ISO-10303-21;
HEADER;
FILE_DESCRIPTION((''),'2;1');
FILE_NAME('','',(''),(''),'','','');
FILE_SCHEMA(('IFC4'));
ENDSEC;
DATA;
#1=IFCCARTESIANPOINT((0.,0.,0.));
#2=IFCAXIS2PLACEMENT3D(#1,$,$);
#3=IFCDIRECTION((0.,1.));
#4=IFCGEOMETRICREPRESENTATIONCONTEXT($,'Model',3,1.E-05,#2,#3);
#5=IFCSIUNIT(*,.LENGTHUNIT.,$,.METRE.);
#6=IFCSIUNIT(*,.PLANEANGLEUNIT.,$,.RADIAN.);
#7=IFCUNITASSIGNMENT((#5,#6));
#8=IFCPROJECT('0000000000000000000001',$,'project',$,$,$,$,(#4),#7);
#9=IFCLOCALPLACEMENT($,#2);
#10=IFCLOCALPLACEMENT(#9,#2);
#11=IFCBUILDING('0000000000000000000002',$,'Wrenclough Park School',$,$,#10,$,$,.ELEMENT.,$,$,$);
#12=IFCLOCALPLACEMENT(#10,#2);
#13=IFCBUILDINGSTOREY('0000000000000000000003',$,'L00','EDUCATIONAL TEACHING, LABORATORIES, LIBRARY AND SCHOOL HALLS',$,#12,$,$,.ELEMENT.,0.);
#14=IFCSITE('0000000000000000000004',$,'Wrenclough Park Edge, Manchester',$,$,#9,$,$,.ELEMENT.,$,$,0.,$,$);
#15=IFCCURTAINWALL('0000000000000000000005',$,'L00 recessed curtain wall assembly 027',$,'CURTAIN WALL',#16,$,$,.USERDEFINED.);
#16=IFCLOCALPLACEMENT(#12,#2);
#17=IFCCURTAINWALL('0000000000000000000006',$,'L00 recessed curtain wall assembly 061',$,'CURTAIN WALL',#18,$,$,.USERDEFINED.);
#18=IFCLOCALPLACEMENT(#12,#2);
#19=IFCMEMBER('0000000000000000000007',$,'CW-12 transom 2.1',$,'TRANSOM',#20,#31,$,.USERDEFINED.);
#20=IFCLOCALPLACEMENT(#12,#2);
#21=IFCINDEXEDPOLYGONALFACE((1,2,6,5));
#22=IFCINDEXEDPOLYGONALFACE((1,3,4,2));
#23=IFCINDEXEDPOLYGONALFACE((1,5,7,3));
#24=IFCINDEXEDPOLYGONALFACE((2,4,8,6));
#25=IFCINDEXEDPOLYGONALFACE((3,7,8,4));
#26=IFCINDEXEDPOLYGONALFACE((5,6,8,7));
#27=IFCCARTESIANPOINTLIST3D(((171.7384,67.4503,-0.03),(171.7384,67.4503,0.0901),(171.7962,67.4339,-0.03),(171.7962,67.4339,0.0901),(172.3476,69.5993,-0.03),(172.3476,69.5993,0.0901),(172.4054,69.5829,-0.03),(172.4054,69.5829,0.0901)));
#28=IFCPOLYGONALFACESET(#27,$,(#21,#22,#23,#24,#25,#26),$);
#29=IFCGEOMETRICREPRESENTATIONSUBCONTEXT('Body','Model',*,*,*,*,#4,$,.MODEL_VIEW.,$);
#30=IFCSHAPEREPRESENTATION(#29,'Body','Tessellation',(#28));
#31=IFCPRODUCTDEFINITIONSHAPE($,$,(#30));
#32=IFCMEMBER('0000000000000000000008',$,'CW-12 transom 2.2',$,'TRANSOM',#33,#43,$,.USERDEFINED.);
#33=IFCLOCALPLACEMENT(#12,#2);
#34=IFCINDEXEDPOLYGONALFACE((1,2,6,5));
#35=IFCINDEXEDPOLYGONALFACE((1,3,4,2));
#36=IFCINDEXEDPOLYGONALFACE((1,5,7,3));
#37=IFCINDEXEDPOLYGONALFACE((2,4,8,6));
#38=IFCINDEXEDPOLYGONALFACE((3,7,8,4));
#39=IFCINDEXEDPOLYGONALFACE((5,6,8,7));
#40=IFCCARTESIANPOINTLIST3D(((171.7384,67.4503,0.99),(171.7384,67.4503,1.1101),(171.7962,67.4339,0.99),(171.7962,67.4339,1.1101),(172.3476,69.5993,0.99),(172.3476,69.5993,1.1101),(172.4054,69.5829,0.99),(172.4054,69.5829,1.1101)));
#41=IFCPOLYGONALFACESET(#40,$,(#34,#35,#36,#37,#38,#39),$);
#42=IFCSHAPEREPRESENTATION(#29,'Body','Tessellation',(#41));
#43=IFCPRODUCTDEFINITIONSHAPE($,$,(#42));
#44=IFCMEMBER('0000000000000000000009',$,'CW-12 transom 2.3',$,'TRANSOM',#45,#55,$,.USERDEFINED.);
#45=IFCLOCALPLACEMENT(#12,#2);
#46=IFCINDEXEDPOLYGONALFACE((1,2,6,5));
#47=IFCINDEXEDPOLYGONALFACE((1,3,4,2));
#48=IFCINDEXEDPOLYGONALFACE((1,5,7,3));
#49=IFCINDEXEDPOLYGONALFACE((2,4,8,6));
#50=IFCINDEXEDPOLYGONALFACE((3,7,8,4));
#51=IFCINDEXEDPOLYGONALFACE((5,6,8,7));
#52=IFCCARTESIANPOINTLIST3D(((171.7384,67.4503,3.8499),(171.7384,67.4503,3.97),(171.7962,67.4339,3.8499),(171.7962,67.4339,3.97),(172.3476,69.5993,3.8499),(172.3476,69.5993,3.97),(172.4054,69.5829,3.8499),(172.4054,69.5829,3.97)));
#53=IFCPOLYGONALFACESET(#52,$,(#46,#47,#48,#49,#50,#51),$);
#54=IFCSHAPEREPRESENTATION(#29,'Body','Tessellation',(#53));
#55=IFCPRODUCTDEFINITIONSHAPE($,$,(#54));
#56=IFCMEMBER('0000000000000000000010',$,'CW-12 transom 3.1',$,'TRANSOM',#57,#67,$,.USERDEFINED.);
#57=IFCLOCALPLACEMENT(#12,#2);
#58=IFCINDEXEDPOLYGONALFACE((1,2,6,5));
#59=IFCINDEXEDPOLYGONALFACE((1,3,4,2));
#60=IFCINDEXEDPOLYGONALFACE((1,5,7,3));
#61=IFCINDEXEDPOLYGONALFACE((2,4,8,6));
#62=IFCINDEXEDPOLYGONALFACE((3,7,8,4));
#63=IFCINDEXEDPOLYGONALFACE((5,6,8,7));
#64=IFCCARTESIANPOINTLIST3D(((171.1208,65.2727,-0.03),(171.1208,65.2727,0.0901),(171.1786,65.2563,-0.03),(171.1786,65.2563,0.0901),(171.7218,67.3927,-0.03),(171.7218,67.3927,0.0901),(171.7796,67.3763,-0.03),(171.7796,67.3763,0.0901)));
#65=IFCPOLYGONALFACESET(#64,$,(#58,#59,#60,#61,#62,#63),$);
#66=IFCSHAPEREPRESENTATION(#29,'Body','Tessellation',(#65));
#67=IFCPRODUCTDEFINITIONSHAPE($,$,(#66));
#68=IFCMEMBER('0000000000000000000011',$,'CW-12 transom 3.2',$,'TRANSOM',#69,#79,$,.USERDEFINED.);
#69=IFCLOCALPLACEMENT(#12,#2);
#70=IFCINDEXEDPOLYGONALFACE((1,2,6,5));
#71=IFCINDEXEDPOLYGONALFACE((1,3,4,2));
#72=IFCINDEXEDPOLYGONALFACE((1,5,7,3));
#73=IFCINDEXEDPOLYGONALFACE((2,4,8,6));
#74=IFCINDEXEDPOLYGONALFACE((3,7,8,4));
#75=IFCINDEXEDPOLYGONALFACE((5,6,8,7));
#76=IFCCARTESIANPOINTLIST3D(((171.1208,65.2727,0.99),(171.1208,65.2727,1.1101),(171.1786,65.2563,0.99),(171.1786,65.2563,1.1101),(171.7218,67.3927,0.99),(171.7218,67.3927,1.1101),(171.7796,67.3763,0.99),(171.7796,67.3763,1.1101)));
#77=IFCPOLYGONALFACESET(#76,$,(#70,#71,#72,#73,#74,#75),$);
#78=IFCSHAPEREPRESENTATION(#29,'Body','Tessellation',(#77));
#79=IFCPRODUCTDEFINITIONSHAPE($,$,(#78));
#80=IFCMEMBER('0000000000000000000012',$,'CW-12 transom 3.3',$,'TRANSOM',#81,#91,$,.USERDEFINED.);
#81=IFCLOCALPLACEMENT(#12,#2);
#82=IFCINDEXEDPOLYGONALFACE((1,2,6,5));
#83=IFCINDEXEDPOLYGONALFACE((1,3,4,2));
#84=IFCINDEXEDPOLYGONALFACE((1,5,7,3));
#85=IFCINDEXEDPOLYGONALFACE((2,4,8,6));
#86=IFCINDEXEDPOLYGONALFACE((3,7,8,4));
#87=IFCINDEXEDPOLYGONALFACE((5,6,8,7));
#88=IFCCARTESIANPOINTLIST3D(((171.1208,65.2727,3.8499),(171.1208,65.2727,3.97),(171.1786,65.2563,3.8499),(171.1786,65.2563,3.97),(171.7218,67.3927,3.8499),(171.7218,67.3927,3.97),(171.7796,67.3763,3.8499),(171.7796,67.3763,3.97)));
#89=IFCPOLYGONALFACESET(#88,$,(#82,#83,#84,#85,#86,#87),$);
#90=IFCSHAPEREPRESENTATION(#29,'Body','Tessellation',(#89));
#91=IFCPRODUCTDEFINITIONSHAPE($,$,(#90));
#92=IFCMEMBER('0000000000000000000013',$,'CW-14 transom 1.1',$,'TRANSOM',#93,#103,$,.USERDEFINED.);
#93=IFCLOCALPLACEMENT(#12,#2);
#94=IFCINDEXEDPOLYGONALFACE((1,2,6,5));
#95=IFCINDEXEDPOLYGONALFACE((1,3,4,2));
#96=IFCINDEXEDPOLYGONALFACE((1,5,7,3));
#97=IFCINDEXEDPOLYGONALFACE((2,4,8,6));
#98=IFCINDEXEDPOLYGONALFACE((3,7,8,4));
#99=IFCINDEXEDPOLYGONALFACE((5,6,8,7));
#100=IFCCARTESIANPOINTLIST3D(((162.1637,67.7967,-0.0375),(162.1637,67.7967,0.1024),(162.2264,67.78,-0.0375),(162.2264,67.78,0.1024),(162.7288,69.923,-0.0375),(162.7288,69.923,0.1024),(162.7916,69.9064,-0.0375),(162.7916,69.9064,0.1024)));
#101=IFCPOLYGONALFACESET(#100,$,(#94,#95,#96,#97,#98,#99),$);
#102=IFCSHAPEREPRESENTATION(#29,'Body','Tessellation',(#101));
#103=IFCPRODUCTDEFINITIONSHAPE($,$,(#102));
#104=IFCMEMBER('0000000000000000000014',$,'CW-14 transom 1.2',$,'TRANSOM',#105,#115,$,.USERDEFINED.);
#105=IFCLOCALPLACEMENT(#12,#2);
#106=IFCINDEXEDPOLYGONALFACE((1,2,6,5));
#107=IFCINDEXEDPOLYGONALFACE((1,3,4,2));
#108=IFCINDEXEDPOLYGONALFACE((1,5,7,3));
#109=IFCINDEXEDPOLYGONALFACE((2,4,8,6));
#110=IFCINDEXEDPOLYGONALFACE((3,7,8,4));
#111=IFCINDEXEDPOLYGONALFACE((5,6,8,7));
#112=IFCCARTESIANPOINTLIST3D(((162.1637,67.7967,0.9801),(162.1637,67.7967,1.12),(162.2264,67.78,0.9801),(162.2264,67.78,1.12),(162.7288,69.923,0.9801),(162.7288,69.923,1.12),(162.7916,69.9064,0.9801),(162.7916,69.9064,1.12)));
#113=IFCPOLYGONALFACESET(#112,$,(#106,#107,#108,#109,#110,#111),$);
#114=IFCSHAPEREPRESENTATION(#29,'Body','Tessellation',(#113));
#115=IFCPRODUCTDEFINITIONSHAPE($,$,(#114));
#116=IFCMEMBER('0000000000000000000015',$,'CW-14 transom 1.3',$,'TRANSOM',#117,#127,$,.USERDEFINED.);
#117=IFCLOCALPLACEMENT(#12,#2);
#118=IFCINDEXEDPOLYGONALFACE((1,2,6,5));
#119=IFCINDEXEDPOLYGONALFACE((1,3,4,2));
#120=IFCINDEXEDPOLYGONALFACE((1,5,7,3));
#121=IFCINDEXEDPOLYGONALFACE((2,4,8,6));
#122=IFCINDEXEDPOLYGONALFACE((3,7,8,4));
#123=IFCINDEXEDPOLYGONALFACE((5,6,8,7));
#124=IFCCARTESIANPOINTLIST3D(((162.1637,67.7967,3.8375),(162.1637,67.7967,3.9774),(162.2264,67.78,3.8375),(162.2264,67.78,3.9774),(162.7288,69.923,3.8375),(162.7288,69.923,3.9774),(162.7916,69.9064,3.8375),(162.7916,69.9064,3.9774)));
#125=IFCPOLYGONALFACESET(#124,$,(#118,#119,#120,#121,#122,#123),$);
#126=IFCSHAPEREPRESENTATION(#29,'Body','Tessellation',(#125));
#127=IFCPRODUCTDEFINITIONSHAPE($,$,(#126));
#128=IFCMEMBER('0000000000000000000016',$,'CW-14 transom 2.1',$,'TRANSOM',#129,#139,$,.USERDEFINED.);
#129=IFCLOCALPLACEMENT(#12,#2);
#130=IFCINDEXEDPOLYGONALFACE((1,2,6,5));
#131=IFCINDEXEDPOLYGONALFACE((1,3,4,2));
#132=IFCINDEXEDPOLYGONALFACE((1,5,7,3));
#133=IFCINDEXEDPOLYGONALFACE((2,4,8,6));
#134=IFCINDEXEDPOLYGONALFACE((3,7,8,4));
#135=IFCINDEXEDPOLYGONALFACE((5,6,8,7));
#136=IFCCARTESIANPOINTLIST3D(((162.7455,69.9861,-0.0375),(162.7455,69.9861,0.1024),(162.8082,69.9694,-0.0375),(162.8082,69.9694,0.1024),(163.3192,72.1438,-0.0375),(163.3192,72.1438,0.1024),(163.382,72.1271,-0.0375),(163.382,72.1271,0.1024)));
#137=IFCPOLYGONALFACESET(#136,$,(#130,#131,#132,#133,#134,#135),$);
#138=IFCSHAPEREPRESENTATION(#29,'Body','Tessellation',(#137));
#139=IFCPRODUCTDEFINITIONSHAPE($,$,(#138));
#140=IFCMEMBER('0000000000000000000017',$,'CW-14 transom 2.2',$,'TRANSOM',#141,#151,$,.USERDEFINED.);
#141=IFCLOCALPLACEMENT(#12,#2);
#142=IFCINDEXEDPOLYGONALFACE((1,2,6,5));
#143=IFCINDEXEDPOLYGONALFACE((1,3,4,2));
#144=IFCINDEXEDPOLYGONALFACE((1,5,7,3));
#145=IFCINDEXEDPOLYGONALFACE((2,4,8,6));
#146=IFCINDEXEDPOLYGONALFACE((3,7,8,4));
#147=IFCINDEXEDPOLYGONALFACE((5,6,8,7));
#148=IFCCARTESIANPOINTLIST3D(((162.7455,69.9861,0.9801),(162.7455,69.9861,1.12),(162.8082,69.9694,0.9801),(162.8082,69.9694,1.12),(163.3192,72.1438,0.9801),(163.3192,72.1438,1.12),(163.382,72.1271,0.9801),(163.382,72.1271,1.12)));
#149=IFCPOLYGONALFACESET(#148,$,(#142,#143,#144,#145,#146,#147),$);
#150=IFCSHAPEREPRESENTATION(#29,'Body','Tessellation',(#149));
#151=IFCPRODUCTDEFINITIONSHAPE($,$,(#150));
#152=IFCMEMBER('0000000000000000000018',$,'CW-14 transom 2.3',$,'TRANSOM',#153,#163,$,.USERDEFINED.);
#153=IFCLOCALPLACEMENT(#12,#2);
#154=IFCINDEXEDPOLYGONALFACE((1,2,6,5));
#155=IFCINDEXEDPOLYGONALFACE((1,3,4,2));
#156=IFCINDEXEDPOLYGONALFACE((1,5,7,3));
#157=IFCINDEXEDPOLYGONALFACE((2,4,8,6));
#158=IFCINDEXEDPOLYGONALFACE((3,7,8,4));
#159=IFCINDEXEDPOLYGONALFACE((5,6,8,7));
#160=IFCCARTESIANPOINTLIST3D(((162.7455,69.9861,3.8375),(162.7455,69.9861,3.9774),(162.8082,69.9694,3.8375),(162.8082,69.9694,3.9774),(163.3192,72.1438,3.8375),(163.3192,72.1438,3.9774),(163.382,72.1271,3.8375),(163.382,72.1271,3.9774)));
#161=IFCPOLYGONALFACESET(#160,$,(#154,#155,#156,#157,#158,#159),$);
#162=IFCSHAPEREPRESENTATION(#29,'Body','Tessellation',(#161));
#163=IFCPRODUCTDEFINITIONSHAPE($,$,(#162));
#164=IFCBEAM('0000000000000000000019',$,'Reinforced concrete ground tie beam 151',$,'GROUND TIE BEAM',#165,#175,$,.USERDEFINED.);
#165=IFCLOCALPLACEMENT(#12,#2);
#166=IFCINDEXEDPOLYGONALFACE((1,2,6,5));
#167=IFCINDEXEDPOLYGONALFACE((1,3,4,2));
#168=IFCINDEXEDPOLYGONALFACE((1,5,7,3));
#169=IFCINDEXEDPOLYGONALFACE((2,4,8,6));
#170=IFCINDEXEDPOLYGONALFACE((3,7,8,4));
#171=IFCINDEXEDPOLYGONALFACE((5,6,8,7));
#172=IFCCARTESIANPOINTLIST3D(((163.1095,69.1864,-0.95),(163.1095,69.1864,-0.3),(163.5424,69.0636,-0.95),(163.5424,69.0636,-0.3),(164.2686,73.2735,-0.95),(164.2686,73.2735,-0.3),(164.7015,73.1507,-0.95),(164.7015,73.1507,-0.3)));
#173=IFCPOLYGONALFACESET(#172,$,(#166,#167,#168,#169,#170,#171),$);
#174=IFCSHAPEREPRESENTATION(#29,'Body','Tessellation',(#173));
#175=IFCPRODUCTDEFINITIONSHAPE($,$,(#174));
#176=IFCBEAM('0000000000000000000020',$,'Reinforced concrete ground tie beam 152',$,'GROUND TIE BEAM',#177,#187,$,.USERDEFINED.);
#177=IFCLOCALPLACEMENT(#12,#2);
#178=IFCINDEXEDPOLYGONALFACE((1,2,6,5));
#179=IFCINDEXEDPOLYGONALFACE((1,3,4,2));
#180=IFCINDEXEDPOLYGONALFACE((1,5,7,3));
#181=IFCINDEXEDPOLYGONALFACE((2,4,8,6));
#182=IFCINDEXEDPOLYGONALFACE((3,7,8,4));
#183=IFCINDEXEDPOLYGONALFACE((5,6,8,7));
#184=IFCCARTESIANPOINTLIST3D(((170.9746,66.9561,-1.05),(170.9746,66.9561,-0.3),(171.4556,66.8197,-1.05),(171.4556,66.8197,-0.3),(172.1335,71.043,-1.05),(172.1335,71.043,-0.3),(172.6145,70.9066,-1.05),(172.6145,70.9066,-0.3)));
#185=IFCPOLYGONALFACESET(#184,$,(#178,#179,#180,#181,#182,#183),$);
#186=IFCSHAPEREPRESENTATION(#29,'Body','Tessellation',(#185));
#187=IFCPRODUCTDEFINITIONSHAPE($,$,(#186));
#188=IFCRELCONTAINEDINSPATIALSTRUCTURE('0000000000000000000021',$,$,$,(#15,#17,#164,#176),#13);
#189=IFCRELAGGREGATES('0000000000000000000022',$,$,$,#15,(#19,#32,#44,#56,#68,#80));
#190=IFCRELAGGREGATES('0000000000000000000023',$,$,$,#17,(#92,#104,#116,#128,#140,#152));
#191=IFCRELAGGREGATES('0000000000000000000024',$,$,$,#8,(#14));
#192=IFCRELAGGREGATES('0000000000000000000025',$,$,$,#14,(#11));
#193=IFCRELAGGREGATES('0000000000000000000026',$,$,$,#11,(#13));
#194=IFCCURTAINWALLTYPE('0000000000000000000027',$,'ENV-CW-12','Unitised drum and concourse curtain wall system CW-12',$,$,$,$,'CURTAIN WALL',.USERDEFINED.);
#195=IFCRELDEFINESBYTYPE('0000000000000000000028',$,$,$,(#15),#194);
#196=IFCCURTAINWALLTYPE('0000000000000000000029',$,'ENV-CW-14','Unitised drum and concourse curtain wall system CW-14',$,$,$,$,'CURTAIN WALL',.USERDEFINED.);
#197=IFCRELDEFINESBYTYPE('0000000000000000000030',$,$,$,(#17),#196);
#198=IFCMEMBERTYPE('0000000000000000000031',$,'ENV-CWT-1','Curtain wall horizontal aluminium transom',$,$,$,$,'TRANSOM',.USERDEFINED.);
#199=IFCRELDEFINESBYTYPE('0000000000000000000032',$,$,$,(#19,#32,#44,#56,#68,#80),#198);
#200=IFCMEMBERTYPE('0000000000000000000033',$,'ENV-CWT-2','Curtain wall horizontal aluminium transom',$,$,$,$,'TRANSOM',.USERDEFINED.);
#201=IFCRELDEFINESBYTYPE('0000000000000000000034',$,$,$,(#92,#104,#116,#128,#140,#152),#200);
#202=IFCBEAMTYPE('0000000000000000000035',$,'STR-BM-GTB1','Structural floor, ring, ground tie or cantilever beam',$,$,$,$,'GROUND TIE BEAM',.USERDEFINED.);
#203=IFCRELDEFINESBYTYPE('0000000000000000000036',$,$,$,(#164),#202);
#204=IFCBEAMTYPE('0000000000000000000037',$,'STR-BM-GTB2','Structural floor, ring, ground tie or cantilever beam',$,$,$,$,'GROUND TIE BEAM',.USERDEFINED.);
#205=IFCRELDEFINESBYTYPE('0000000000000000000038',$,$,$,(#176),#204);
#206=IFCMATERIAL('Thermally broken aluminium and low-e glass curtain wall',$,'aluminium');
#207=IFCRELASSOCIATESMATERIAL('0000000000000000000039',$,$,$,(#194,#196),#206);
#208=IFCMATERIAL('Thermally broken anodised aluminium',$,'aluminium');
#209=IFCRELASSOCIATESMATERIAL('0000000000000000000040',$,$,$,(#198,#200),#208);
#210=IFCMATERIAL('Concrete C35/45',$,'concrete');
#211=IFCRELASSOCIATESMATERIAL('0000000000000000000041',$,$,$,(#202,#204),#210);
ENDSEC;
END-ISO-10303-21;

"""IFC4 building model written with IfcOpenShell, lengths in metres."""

from ifc_helpers import new_model, si_unit, direction, frame, origin, origin_2d, place, context, subcontext, project, spatial, rectangle, extrude, material, material_profile, profile_set, type_object, element, aggregate, save


model = new_model("IFC4")

# Units and contexts
model_context = context("Model", 3, precision=1e-05, world=origin(), true_north=direction((0.0, 1.0)))
body_context = subcontext(model_context, "Body", "Model", "MODEL_VIEW")
ifc_project = project(units=[si_unit("LENGTHUNIT", "METRE"), si_unit("PLANEANGLEUNIT", "RADIAN")], contexts=[model_context])

# Site, building, storey
site_placement = place(None, origin())
site = spatial("IfcSite", under=ifc_project, at=site_placement, Name="Wrenclough Park Edge, Manchester", CompositionType="ELEMENT", RefElevation=0.0)
building_placement = place(site_placement, origin())
building = spatial("IfcBuilding", under=site, at=building_placement, Name="Wrenclough Park School", CompositionType="ELEMENT")
storey_placement = place(building_placement, origin())
storey = spatial("IfcBuildingStorey", under=building, at=storey_placement, Name="L00", Description="EDUCATIONAL TEACHING, LABORATORIES, LIBRARY AND SCHOOL HALLS", CompositionType="ELEMENT", Elevation=0.0)

# Shared definitions
ifc_material_1 = material(Name="Concrete C35/45", Category="concrete")

# Curtain walls
ifc_material_2 = material(Name="Thermally broken aluminium and low-e glass curtain wall", Category="aluminium")
curtain_wall_type_1 = type_object("IfcCurtainWallType", Name="ENV-CW-12", Description="Unitised drum and concourse curtain wall system CW-12", ElementType="CURTAIN WALL", PredefinedType="USERDEFINED", material=ifc_material_2)
curtain_wall_1_placement = place(storey_placement, origin())
curtain_wall_1 = element("IfcCurtainWall", 1, at=curtain_wall_1_placement, inside=storey, type_object=curtain_wall_type_1, Name="L00 recessed curtain wall assembly 027", ObjectType="CURTAIN WALL", PredefinedType="USERDEFINED")
ifc_material_3 = material(Name="Thermally broken anodised aluminium", Category="aluminium")
curtain_wall_type_2 = type_object("IfcCurtainWallType", Name="ENV-CW-14", Description="Unitised drum and concourse curtain wall system CW-14", ElementType="CURTAIN WALL", PredefinedType="USERDEFINED", material=ifc_material_2)
curtain_wall_2_placement = place(storey_placement, origin())
curtain_wall_2 = element("IfcCurtainWall", 2, at=curtain_wall_2_placement, inside=storey, type_object=curtain_wall_type_2, Name="L00 recessed curtain wall assembly 061", ObjectType="CURTAIN WALL", PredefinedType="USERDEFINED")

# Members
ifc_material_profile_1 = material_profile(ifc_material_3, rectangle(XDim=0.0601, YDim=0.1201, at=origin_2d()), Name="AL TRANSOM 60x120")
ifc_profile_set_1 = profile_set([ifc_material_profile_1], Name="Thermally broken anodised aluminium")
member_type_1 = type_object("IfcMemberType", Name="ENV-CWT-1", Description="Curtain wall horizontal aluminium transom", ElementType="TRANSOM", PredefinedType="USERDEFINED", material=ifc_profile_set_1)
member_1_placement = place(storey_placement, frame((172.3765, 69.5911, 0.03), z_axis=(-0.272714, -0.962095, 0.0), x_axis=(0.962095, -0.272714, 0.0)))
member_1 = element("IfcMember", 3, at=member_1_placement, type_object=member_type_1, Name="CW-12 transom 2.1", ObjectType="TRANSOM", PredefinedType="USERDEFINED", context=body_context, shape_type="SweptSolid", body=[
    extrude(rectangle(XDim=0.0601, YDim=0.1201, at=origin_2d()), origin(), (0.0, 0.0, 1.0), 2.2336),
])
member_2_placement = place(storey_placement, frame((172.3765, 69.5911, 1.05), z_axis=(-0.272714, -0.962095, 0.0), x_axis=(0.962095, -0.272714, 0.0)))
member_2 = element("IfcMember", 4, at=member_2_placement, type_object=member_type_1, Name="CW-12 transom 2.2", ObjectType="TRANSOM", PredefinedType="USERDEFINED", context=body_context, shape_type="SweptSolid", body=[
    extrude(rectangle(XDim=0.0601, YDim=0.1201, at=origin_2d()), origin(), (0.0, 0.0, 1.0), 2.2336),
])
member_3_placement = place(storey_placement, frame((172.3765, 69.5911, 3.9099), z_axis=(-0.272714, -0.962095, 0.0), x_axis=(0.962095, -0.272714, 0.0)))
member_3 = element("IfcMember", 5, at=member_3_placement, type_object=member_type_1, Name="CW-12 transom 2.3", ObjectType="TRANSOM", PredefinedType="USERDEFINED", context=body_context, shape_type="SweptSolid", body=[
    extrude(rectangle(XDim=0.0601, YDim=0.1201, at=origin_2d()), origin(), (0.0, 0.0, 1.0), 2.2336),
])
member_4_placement = place(storey_placement, frame((171.7507, 67.3845, 0.03), z_axis=(-0.27276, -0.962082, 0.0), x_axis=(0.962082, -0.27276, 0.0)))
member_4 = element("IfcMember", 6, at=member_4_placement, type_object=member_type_1, Name="CW-12 transom 3.1", ObjectType="TRANSOM", PredefinedType="USERDEFINED", context=body_context, shape_type="SweptSolid", body=[
    extrude(rectangle(XDim=0.0601, YDim=0.1201, at=origin_2d()), origin(), (0.0, 0.0, 1.0), 2.2036),
])
member_5_placement = place(storey_placement, frame((171.7507, 67.3845, 1.05), z_axis=(-0.27276, -0.962082, 0.0), x_axis=(0.962082, -0.27276, 0.0)))
member_5 = element("IfcMember", 7, at=member_5_placement, type_object=member_type_1, Name="CW-12 transom 3.2", ObjectType="TRANSOM", PredefinedType="USERDEFINED", context=body_context, shape_type="SweptSolid", body=[
    extrude(rectangle(XDim=0.0601, YDim=0.1201, at=origin_2d()), origin(), (0.0, 0.0, 1.0), 2.2036),
])
member_6_placement = place(storey_placement, frame((171.7507, 67.3845, 3.9099), z_axis=(-0.27276, -0.962082, 0.0), x_axis=(0.962082, -0.27276, 0.0)))
member_6 = element("IfcMember", 8, at=member_6_placement, type_object=member_type_1, Name="CW-12 transom 3.3", ObjectType="TRANSOM", PredefinedType="USERDEFINED", context=body_context, shape_type="SweptSolid", body=[
    extrude(rectangle(XDim=0.0601, YDim=0.1201, at=origin_2d()), origin(), (0.0, 0.0, 1.0), 2.2036),
])
ifc_material_profile_2 = material_profile(ifc_material_3, rectangle(XDim=0.0649, YDim=0.1399, at=origin_2d()), Name="AL TRANSOM 65x140")
ifc_profile_set_2 = profile_set([ifc_material_profile_2], Name="Thermally broken anodised aluminium")
member_type_2 = type_object("IfcMemberType", Name="ENV-CWT-2", Description="Curtain wall horizontal aluminium transom", ElementType="TRANSOM", PredefinedType="USERDEFINED", material=ifc_profile_set_2)
member_7_placement = place(storey_placement, frame((162.1951, 67.7883, 0.0325), z_axis=(0.256868, 0.966446, 0.0), x_axis=(-0.966446, 0.256868, 0.0)))
member_7 = element("IfcMember", 9, at=member_7_placement, type_object=member_type_2, Name="CW-14 transom 1.1", ObjectType="TRANSOM", PredefinedType="USERDEFINED", context=body_context, shape_type="SweptSolid", body=[
    extrude(rectangle(XDim=0.0649, YDim=0.1399, at=origin_2d()), origin(), (0.0, 0.0, 1.0), 2.2002),
])
member_8_placement = place(storey_placement, frame((162.1951, 67.7883, 1.05), z_axis=(0.256868, 0.966446, 0.0), x_axis=(-0.966446, 0.256868, 0.0)))
member_8 = element("IfcMember", 10, at=member_8_placement, type_object=member_type_2, Name="CW-14 transom 1.2", ObjectType="TRANSOM", PredefinedType="USERDEFINED", context=body_context, shape_type="SweptSolid", body=[
    extrude(rectangle(XDim=0.0649, YDim=0.1399, at=origin_2d()), origin(), (0.0, 0.0, 1.0), 2.2002),
])
member_9_placement = place(storey_placement, frame((162.1951, 67.7883, 3.9075), z_axis=(0.256868, 0.966446, 0.0), x_axis=(-0.966446, 0.256868, 0.0)))
member_9 = element("IfcMember", 11, at=member_9_placement, type_object=member_type_2, Name="CW-14 transom 1.3", ObjectType="TRANSOM", PredefinedType="USERDEFINED", context=body_context, shape_type="SweptSolid", body=[
    extrude(rectangle(XDim=0.0649, YDim=0.1399, at=origin_2d()), origin(), (0.0, 0.0, 1.0), 2.2002),
])
member_10_placement = place(storey_placement, frame((162.7769, 69.9778, 0.0325), z_axis=(0.256968, 0.96642, 0.0), x_axis=(-0.96642, 0.256968, 0.0)))
member_10 = element("IfcMember", 12, at=member_10_placement, type_object=member_type_2, Name="CW-14 transom 2.1", ObjectType="TRANSOM", PredefinedType="USERDEFINED", context=body_context, shape_type="SweptSolid", body=[
    extrude(rectangle(XDim=0.0649, YDim=0.1399, at=origin_2d()), origin(), (0.0, 0.0, 1.0), 2.2327),
])
member_11_placement = place(storey_placement, frame((162.7769, 69.9778, 1.05), z_axis=(0.256968, 0.96642, 0.0), x_axis=(-0.96642, 0.256968, 0.0)))
member_11 = element("IfcMember", 13, at=member_11_placement, type_object=member_type_2, Name="CW-14 transom 2.2", ObjectType="TRANSOM", PredefinedType="USERDEFINED", context=body_context, shape_type="SweptSolid", body=[
    extrude(rectangle(XDim=0.0649, YDim=0.1399, at=origin_2d()), origin(), (0.0, 0.0, 1.0), 2.2327),
])
member_12_placement = place(storey_placement, frame((162.7769, 69.9778, 3.9075), z_axis=(0.256968, 0.96642, 0.0), x_axis=(-0.96642, 0.256968, 0.0)))
member_12 = element("IfcMember", 14, at=member_12_placement, type_object=member_type_2, Name="CW-14 transom 2.3", ObjectType="TRANSOM", PredefinedType="USERDEFINED", context=body_context, shape_type="SweptSolid", body=[
    extrude(rectangle(XDim=0.0649, YDim=0.1399, at=origin_2d()), origin(), (0.0, 0.0, 1.0), 2.2327),
])

# Beams
ifc_material_profile_3 = material_profile(ifc_material_1, rectangle(XDim=0.45, YDim=0.6499, at=origin_2d()), Name="RC GROUND 450x650")
ifc_profile_set_3 = profile_set([ifc_material_profile_3], Name="Concrete C35/45")
beam_type_1 = type_object("IfcBeamType", Name="STR-BM-GTB1", Description="Structural floor, ring, ground tie or cantilever beam", ElementType="GROUND TIE BEAM", PredefinedType="USERDEFINED", material=ifc_profile_set_3)
beam_1_placement = place(storey_placement, frame((163.3259, 69.125, -0.625), z_axis=(0.272853, 0.962056, 0.0), x_axis=(-0.962056, 0.272853, 0.0)))
element("IfcBeam", 15, at=beam_1_placement, inside=storey, type_object=beam_type_1, Name="Reinforced concrete ground tie beam 151", ObjectType="GROUND TIE BEAM", PredefinedType="USERDEFINED", context=body_context, shape_type="SweptSolid", body=[
    extrude(rectangle(XDim=0.45, YDim=0.6499, at=origin_2d()), origin(), (0.0, 0.0, 1.0), 4.2483),
])
ifc_material_profile_4 = material_profile(ifc_material_1, rectangle(XDim=0.5, YDim=0.75, at=origin_2d()), Name="RC GROUND 500x750")
ifc_profile_set_4 = profile_set([ifc_material_profile_4], Name="Concrete C35/45")
beam_type_2 = type_object("IfcBeamType", Name="STR-BM-GTB2", Description="Structural floor, ring, ground tie or cantilever beam", ElementType="GROUND TIE BEAM", PredefinedType="USERDEFINED", material=ifc_profile_set_4)
beam_2_placement = place(storey_placement, frame((171.2151, 66.8879, -0.675), z_axis=(0.272815, 0.962066, 0.0), x_axis=(-0.962066, 0.272815, 0.0)))
element("IfcBeam", 16, at=beam_2_placement, inside=storey, type_object=beam_type_2, Name="Reinforced concrete ground tie beam 152", ObjectType="GROUND TIE BEAM", PredefinedType="USERDEFINED", context=body_context, shape_type="SweptSolid", body=[
    extrude(rectangle(XDim=0.5, YDim=0.75, at=origin_2d()), origin(), (0.0, 0.0, 1.0), 4.248),
])

aggregate(curtain_wall_1, [member_1, member_2, member_3, member_4, member_5, member_6])
aggregate(curtain_wall_2, [member_7, member_8, member_9, member_10, member_11, member_12])

save(model, "model.ifc")
